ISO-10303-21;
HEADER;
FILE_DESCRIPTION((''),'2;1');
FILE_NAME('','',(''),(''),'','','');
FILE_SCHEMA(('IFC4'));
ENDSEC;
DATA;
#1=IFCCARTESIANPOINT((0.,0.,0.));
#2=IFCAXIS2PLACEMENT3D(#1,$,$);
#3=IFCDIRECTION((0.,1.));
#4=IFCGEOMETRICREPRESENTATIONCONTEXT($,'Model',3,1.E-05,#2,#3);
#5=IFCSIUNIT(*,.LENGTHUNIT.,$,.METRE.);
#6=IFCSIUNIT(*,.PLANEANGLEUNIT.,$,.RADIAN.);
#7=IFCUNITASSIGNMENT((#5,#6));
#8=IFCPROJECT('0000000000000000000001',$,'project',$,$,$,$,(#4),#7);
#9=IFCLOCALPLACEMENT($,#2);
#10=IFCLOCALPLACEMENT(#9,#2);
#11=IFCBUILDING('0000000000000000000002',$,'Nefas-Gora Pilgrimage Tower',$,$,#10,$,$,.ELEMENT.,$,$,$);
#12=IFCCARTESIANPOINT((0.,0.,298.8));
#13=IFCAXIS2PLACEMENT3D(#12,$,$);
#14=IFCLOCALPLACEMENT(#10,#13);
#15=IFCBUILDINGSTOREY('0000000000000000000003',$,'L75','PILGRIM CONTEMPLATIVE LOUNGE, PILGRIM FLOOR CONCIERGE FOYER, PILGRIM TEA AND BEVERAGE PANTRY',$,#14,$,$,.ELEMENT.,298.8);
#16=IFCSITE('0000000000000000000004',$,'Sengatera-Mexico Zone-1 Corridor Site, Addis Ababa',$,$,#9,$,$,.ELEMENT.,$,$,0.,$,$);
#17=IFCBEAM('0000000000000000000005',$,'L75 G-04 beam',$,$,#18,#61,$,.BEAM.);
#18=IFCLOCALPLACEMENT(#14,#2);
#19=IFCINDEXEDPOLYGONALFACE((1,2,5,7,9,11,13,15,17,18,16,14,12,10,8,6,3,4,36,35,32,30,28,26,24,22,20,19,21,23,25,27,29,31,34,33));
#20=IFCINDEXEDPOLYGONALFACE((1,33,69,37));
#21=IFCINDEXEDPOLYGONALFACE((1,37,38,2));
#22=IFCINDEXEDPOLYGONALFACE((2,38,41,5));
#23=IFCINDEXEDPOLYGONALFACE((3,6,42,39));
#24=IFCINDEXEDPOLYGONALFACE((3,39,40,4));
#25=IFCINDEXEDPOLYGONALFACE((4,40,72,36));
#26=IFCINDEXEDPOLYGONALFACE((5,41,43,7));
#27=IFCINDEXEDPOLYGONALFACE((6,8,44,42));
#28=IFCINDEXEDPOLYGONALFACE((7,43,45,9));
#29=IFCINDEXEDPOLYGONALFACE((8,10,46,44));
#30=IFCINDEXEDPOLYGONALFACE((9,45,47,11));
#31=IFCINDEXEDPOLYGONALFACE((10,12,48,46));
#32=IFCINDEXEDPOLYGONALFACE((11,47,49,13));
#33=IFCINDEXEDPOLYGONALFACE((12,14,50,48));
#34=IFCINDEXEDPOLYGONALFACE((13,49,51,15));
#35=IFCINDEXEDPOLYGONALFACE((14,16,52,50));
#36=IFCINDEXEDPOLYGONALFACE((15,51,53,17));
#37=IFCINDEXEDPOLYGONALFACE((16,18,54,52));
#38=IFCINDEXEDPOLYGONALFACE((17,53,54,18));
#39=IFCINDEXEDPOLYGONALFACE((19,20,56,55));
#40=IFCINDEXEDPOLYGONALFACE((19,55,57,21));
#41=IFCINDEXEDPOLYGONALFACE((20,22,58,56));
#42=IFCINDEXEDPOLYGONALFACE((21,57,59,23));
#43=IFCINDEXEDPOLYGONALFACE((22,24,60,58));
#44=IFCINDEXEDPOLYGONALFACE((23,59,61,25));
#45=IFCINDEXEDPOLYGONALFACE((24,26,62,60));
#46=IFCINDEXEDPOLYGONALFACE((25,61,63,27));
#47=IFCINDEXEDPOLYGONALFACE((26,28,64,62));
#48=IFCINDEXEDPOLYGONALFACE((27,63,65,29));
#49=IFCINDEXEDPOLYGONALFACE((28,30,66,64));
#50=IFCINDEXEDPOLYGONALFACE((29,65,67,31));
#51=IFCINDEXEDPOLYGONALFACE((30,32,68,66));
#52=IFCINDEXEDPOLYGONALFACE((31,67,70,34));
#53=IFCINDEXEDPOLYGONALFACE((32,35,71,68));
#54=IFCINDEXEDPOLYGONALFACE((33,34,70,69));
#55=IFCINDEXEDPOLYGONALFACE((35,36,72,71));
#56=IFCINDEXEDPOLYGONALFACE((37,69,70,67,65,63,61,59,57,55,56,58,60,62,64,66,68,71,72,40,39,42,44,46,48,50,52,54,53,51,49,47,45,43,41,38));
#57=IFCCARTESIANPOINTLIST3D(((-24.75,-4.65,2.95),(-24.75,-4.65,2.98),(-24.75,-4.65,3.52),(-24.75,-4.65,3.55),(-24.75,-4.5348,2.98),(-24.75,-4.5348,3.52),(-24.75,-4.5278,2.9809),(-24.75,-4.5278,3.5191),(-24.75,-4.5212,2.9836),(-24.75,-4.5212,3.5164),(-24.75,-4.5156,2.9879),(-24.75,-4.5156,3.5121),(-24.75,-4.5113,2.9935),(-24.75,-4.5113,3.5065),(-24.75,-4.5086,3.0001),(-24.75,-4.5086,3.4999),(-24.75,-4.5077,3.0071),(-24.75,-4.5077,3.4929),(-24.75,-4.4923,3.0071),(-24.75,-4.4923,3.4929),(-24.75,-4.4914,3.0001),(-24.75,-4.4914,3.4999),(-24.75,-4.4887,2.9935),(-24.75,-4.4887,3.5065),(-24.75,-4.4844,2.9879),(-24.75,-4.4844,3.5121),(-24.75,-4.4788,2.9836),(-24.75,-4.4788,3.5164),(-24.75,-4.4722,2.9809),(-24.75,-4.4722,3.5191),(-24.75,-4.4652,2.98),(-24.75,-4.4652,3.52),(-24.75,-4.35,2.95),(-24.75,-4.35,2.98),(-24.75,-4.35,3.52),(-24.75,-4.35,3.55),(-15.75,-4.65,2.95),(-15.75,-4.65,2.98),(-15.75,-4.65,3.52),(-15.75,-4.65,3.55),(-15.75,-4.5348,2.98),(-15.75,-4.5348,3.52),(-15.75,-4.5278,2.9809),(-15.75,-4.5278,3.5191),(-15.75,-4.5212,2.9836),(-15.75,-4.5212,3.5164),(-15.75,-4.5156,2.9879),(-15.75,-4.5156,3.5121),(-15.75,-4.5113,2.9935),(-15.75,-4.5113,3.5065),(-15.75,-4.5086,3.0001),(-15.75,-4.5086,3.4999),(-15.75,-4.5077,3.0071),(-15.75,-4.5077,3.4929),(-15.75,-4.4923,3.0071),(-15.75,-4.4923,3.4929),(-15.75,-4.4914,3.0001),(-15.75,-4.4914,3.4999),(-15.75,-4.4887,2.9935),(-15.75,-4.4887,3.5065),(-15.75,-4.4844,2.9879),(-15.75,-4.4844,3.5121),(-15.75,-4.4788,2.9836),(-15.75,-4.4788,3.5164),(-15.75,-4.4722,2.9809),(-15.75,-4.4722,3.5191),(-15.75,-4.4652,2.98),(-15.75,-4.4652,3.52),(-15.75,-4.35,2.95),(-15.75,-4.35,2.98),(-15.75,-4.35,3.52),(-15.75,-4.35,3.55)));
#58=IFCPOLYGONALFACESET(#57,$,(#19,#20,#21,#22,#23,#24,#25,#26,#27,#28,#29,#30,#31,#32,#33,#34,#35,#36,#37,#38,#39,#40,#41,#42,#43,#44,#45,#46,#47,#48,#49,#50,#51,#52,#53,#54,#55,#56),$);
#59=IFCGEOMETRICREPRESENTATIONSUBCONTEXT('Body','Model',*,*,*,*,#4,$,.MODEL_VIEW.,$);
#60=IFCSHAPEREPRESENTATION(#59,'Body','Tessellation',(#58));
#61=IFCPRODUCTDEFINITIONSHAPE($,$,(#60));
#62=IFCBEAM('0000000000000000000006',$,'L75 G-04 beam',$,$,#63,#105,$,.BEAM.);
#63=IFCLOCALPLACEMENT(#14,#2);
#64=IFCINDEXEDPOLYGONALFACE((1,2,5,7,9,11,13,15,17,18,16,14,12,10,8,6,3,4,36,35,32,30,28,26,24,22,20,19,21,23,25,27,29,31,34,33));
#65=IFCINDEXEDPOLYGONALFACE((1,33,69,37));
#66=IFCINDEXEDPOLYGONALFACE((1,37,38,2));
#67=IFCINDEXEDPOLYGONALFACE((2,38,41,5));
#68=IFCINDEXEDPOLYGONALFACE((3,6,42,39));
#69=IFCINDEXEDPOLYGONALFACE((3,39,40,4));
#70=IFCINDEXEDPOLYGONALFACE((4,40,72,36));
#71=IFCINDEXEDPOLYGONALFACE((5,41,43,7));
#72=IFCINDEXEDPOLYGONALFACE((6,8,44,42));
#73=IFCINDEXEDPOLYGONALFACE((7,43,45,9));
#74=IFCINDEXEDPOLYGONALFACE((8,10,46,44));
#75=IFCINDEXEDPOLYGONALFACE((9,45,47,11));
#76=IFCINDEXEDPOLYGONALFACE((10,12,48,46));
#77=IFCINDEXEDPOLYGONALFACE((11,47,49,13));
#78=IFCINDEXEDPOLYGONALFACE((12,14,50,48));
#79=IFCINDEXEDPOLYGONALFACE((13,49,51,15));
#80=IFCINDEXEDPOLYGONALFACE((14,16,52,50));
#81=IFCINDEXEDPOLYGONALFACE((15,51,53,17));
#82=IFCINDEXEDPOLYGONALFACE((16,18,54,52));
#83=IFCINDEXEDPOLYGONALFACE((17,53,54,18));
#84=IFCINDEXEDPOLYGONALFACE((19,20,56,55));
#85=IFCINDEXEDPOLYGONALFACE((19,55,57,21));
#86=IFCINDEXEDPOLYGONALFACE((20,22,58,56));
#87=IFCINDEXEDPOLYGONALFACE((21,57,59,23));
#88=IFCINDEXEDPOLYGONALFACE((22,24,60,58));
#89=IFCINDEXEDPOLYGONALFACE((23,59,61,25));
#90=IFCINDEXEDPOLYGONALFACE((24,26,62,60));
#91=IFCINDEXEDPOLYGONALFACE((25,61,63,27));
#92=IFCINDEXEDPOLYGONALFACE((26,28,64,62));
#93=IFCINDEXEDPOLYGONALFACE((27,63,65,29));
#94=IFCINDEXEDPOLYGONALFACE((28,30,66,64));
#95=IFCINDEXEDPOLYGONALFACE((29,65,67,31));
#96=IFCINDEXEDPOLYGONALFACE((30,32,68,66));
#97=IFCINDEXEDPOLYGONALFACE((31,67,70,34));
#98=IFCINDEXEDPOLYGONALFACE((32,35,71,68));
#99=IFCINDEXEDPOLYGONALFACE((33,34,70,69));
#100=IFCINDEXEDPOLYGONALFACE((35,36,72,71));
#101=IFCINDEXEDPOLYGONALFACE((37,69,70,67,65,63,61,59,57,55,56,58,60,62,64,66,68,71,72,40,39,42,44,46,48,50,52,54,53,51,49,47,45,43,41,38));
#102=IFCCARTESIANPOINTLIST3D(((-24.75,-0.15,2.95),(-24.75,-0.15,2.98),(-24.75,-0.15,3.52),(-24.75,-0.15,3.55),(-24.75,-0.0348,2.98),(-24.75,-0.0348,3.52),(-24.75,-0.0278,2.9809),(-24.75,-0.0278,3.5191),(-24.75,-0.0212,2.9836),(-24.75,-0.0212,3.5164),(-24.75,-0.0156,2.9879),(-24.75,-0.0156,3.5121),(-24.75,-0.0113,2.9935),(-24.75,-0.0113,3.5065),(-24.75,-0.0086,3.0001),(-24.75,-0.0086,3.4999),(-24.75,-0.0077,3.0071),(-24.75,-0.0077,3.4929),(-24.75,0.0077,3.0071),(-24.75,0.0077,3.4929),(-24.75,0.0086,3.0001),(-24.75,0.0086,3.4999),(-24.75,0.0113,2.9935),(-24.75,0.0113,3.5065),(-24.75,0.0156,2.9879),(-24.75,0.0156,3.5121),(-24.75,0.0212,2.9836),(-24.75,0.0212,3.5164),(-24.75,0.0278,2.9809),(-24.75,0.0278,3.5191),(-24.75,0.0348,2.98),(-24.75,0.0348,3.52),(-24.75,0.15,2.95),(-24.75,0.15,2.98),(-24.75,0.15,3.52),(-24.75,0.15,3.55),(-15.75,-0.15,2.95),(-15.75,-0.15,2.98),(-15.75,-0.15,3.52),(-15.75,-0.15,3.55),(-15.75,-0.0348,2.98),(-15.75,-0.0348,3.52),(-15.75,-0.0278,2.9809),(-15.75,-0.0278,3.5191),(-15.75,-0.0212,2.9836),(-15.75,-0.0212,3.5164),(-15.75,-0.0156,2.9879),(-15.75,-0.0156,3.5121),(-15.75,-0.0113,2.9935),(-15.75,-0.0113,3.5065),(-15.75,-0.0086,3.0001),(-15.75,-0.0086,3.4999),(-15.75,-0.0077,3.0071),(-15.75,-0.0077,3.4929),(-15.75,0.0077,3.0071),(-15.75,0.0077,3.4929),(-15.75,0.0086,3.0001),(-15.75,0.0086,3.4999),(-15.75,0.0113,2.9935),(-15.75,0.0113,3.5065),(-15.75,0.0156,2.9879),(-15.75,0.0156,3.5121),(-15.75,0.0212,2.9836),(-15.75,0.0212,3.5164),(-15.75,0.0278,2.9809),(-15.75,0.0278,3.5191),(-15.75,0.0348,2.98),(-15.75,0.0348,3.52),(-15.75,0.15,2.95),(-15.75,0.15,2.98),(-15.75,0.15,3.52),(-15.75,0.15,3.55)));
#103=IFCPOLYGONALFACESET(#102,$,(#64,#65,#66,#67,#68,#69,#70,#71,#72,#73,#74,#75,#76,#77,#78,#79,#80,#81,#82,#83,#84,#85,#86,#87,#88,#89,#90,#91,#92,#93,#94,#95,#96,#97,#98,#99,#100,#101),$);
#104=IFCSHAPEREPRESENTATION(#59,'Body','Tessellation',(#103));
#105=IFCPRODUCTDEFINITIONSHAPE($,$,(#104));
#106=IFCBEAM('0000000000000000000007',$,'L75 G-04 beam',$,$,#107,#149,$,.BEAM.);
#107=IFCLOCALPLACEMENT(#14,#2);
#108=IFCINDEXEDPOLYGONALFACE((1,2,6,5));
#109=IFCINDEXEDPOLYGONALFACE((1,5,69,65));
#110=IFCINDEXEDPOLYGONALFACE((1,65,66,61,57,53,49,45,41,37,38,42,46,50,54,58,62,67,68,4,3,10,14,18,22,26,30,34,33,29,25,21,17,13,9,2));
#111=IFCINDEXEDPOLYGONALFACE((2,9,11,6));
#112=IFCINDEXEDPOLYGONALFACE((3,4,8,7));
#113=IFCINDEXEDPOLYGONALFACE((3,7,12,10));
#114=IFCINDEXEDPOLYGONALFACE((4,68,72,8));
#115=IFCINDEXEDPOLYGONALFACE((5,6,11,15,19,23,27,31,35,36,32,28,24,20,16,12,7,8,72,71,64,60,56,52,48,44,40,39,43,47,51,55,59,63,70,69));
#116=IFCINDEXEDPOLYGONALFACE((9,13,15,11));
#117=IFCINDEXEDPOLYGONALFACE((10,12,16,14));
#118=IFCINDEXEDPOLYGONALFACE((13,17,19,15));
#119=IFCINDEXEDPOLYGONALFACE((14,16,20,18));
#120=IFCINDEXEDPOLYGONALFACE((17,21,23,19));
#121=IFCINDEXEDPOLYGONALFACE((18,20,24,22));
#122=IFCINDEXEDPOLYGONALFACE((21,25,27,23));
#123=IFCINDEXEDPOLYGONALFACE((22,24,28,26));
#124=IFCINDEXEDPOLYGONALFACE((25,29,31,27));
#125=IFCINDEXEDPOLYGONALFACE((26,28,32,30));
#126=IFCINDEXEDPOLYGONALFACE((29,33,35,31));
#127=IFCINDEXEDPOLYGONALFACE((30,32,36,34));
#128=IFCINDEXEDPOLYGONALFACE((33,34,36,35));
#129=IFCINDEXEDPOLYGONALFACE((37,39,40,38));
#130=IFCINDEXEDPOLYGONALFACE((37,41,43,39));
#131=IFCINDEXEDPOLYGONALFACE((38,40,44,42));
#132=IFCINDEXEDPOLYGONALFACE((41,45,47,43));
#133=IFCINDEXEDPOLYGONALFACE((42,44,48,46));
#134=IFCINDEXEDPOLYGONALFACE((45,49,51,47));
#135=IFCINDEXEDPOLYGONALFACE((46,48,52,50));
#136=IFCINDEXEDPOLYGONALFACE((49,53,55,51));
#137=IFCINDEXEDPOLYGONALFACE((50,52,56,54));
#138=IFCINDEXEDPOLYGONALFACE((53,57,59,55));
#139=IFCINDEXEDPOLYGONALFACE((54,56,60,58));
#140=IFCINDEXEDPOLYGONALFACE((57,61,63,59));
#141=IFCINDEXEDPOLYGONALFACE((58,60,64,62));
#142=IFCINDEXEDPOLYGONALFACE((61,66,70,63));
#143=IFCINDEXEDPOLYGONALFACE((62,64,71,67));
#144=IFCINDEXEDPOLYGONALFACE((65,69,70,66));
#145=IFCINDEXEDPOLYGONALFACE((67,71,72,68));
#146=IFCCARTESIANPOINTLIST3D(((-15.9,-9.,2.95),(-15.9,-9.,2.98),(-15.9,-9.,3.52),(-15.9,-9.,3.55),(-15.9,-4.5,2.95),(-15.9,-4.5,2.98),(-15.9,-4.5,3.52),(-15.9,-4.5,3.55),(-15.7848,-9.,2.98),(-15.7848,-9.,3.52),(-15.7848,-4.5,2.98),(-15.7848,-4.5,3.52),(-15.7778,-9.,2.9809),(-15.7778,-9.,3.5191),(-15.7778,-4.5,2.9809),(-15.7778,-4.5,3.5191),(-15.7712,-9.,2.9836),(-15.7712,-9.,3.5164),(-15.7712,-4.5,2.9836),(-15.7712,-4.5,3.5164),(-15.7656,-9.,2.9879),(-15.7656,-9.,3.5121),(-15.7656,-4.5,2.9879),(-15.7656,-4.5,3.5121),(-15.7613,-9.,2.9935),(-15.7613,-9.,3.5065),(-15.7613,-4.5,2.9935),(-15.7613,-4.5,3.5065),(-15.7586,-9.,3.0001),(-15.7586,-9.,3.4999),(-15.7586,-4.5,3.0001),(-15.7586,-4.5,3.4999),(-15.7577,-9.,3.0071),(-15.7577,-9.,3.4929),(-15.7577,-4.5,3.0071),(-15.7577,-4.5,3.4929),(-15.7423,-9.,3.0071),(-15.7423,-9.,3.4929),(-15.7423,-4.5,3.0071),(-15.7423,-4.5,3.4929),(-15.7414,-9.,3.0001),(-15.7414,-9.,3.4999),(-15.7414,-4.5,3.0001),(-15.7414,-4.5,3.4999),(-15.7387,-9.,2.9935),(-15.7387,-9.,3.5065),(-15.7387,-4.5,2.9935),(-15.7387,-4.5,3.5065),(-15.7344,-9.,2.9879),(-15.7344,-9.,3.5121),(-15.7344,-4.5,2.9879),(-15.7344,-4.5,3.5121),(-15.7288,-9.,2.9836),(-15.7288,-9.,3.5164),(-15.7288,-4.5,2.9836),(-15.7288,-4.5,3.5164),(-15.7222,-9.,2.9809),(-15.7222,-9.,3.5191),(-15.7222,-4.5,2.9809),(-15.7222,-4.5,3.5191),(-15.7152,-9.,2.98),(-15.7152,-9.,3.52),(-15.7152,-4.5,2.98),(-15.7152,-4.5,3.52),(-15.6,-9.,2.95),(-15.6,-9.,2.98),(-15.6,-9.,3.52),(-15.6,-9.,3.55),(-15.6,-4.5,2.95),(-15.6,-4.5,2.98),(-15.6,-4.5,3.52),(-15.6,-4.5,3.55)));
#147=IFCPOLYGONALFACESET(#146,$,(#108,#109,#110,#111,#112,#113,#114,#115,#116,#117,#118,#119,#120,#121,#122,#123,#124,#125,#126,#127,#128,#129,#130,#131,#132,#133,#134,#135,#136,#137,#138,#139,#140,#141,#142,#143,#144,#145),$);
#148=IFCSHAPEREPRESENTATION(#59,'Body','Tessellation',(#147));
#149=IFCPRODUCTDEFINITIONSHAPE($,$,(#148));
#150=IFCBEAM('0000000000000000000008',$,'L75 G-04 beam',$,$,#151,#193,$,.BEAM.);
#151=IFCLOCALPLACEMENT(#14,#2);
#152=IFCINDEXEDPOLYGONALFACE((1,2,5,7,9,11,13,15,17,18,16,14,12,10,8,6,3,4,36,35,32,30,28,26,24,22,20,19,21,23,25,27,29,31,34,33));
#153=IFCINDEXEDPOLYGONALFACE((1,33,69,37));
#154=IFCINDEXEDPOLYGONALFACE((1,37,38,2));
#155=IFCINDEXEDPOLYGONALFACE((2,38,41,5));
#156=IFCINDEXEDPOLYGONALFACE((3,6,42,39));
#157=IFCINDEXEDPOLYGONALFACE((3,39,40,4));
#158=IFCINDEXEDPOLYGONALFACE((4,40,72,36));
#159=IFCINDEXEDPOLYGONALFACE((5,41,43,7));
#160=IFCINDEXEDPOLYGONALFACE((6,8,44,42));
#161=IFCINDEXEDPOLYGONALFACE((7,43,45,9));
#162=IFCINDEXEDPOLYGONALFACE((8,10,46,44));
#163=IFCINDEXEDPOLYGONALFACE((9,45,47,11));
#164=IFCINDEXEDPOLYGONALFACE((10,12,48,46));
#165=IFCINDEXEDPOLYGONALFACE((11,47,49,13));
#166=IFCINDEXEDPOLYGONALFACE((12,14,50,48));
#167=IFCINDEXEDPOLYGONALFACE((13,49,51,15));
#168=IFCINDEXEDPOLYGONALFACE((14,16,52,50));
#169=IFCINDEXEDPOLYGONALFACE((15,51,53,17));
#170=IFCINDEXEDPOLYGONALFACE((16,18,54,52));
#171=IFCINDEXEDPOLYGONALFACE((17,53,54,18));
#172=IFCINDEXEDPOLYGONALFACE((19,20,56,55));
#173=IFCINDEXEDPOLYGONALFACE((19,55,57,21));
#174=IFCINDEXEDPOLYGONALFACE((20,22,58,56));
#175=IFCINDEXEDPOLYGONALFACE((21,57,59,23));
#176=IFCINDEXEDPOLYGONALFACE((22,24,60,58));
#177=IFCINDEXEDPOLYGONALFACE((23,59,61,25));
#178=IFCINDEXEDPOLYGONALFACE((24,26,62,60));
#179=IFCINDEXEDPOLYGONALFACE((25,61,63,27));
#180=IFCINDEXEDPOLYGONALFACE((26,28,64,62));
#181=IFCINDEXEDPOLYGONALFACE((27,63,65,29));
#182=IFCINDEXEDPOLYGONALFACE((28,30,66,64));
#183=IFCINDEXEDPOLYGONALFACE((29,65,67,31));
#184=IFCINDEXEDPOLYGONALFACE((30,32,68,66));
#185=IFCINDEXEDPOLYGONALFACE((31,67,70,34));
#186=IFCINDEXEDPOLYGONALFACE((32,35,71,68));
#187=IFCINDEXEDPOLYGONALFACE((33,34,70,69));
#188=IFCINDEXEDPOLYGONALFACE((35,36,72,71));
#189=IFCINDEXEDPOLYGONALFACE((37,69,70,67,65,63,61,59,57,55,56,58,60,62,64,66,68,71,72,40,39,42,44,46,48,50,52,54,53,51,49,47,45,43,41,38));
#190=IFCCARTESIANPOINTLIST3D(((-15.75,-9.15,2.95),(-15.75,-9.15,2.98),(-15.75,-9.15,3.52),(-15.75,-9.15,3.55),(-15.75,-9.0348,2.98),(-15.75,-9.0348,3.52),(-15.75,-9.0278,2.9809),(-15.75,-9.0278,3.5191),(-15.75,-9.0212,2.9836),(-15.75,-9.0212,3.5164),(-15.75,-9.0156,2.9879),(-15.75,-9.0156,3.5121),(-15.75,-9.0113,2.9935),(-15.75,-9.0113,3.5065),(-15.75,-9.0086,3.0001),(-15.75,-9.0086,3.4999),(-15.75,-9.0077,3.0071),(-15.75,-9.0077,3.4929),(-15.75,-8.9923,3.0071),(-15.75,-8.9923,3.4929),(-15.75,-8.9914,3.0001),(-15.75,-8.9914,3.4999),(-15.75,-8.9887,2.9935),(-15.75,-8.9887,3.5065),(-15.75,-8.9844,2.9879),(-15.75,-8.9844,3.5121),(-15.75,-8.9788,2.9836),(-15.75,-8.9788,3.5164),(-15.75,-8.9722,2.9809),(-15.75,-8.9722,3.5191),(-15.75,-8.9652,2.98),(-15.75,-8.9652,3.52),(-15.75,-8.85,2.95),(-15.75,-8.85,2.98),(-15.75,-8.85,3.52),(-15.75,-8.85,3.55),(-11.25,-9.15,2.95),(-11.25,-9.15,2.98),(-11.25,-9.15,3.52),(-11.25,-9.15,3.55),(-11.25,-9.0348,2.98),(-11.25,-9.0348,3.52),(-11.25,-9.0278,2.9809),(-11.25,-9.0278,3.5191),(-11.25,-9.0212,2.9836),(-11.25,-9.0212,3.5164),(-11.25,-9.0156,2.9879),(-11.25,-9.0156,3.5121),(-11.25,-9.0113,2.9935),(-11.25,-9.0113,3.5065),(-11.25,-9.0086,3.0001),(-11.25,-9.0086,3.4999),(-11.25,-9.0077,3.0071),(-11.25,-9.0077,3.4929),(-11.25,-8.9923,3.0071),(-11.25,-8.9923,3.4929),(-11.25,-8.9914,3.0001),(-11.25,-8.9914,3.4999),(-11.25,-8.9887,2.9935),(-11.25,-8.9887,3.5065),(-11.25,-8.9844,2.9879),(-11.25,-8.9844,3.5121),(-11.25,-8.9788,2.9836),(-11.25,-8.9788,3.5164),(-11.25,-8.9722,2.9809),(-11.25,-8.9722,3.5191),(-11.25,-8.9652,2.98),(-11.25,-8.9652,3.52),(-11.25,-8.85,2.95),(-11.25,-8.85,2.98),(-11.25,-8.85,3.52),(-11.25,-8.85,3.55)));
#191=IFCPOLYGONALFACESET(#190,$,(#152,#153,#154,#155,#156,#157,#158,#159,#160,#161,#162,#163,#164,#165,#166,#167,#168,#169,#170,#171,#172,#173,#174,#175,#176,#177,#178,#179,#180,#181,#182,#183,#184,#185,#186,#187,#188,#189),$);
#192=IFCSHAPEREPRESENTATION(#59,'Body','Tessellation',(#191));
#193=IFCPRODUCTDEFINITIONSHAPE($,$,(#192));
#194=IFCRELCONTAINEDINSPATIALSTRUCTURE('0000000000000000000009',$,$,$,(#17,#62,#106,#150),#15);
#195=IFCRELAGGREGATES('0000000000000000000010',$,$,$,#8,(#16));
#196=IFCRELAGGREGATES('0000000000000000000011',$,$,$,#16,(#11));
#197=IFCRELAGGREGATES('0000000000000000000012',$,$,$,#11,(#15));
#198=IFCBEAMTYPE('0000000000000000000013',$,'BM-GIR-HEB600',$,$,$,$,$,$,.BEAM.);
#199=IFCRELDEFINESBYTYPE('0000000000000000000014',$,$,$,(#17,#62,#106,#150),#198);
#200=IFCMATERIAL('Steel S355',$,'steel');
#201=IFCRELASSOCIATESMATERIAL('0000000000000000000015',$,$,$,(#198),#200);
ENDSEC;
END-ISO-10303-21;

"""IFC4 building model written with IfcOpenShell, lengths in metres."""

from ifc_helpers import new_model, si_unit, direction, frame, origin, origin_2d, place, context, subcontext, project, spatial, i_section, extrude, source, transform, mapped, material, material_profile, profile_set, type_object, element, save


model = new_model("IFC4")

# Units and contexts
model_context = context("Model", 3, precision=1e-05, world=origin(), true_north=direction((0.0, 1.0)))
body_context = subcontext(model_context, "Body", "Model", "MODEL_VIEW")
ifc_project = project(units=[si_unit("LENGTHUNIT", "METRE"), si_unit("PLANEANGLEUNIT", "RADIAN")], contexts=[model_context])

# Site, building, storey
site_placement = place(None, origin())
site = spatial("IfcSite", under=ifc_project, at=site_placement, Name="Sengatera-Mexico Zone-1 Corridor Site, Addis Ababa", CompositionType="ELEMENT", RefElevation=0.0)
building_placement = place(site_placement, origin())
building = spatial("IfcBuilding", under=site, at=building_placement, Name="Nefas-Gora Pilgrimage Tower", CompositionType="ELEMENT")
storey_placement = place(building_placement, frame((0.0, 0.0, 298.8)))
storey = spatial("IfcBuildingStorey", under=building, at=storey_placement, Name="L75", Description="PILGRIM CONTEMPLATIVE LOUNGE, PILGRIM FLOOR CONCIERGE FOYER, PILGRIM TEA AND BEVERAGE PANTRY", CompositionType="ELEMENT", Elevation=298.8)

# Shared definitions
ifc_material_1 = material(Name="Steel S355", Category="steel")

# Beams
ifc_material_profile_1 = material_profile(ifc_material_1, i_section(OverallWidth=0.3, OverallDepth=0.6001, WebThickness=0.0154, FlangeThickness=0.03, FilletRadius=0.0271, at=origin_2d()), Name="HEB 600")
ifc_profile_set_1 = profile_set([ifc_material_profile_1], Name="Steel S355")
beam_type_1 = type_object("IfcBeamType", Name="BM-GIR-HEB600", PredefinedType="BEAM", material=ifc_profile_set_1)
shared_shape_1 = source(origin(), body_context, "Body", "SweptSolid", [
    extrude(i_section(OverallWidth=0.3, OverallDepth=0.6001, WebThickness=0.0154, FlangeThickness=0.03, FilletRadius=0.0271, at=origin_2d()), origin(), (0.0, 0.0, 1.0), 9.0),
])
for number, where, z_axis, x_axis, name in (
    (1, (-24.75, -4.5, 3.25), (1.0, 0.0, 0.0), (0.0, 1.0, 0.0), "L75 G-04 beam"),
    (2, (-24.75, 0.0, 3.25), (1.0, 0.0, 0.0), (0.0, 1.0, 0.0), "L75 G-04 beam"),
):
    element("IfcBeam", number, at=place(storey_placement, frame(where, z_axis=z_axis, x_axis=x_axis)), inside=storey, type_object=beam_type_1, Name=name, PredefinedType="BEAM", context=body_context, shape_type="MappedRepresentation", body=[
        mapped(shared_shape_1, transform((0.0, 0.0, 0.0), x_axis=(1.0, 0.0, 0.0), y_axis=(0.0, 1.0, 0.0), z_axis=(0.0, 0.0, 1.0), scale=1.0)),
    ])
shared_shape_2 = source(origin(), body_context, "Body", "SweptSolid", [
    extrude(i_section(OverallWidth=0.3, OverallDepth=0.6001, WebThickness=0.0154, FlangeThickness=0.03, FilletRadius=0.0271, at=origin_2d()), origin(), (0.0, 0.0, 1.0), 4.5),
])
for number, where, z_axis, x_axis, name in (
    (3, (-15.75, -9.0, 3.25), (0.0, 1.0, 0.0), (-1.0, 0.0, 0.0), "L75 G-04 beam"),
    (4, (-15.75, -9.0, 3.25), (1.0, 0.0, 0.0), (0.0, 1.0, 0.0), "L75 G-04 beam"),
):
    element("IfcBeam", number, at=place(storey_placement, frame(where, z_axis=z_axis, x_axis=x_axis)), inside=storey, type_object=beam_type_1, Name=name, PredefinedType="BEAM", context=body_context, shape_type="MappedRepresentation", body=[
        mapped(shared_shape_2, transform((0.0, 0.0, 0.0), x_axis=(1.0, 0.0, 0.0), y_axis=(0.0, 1.0, 0.0), z_axis=(0.0, 0.0, 1.0), scale=1.0)),
    ])

save(model, "model.ifc")
